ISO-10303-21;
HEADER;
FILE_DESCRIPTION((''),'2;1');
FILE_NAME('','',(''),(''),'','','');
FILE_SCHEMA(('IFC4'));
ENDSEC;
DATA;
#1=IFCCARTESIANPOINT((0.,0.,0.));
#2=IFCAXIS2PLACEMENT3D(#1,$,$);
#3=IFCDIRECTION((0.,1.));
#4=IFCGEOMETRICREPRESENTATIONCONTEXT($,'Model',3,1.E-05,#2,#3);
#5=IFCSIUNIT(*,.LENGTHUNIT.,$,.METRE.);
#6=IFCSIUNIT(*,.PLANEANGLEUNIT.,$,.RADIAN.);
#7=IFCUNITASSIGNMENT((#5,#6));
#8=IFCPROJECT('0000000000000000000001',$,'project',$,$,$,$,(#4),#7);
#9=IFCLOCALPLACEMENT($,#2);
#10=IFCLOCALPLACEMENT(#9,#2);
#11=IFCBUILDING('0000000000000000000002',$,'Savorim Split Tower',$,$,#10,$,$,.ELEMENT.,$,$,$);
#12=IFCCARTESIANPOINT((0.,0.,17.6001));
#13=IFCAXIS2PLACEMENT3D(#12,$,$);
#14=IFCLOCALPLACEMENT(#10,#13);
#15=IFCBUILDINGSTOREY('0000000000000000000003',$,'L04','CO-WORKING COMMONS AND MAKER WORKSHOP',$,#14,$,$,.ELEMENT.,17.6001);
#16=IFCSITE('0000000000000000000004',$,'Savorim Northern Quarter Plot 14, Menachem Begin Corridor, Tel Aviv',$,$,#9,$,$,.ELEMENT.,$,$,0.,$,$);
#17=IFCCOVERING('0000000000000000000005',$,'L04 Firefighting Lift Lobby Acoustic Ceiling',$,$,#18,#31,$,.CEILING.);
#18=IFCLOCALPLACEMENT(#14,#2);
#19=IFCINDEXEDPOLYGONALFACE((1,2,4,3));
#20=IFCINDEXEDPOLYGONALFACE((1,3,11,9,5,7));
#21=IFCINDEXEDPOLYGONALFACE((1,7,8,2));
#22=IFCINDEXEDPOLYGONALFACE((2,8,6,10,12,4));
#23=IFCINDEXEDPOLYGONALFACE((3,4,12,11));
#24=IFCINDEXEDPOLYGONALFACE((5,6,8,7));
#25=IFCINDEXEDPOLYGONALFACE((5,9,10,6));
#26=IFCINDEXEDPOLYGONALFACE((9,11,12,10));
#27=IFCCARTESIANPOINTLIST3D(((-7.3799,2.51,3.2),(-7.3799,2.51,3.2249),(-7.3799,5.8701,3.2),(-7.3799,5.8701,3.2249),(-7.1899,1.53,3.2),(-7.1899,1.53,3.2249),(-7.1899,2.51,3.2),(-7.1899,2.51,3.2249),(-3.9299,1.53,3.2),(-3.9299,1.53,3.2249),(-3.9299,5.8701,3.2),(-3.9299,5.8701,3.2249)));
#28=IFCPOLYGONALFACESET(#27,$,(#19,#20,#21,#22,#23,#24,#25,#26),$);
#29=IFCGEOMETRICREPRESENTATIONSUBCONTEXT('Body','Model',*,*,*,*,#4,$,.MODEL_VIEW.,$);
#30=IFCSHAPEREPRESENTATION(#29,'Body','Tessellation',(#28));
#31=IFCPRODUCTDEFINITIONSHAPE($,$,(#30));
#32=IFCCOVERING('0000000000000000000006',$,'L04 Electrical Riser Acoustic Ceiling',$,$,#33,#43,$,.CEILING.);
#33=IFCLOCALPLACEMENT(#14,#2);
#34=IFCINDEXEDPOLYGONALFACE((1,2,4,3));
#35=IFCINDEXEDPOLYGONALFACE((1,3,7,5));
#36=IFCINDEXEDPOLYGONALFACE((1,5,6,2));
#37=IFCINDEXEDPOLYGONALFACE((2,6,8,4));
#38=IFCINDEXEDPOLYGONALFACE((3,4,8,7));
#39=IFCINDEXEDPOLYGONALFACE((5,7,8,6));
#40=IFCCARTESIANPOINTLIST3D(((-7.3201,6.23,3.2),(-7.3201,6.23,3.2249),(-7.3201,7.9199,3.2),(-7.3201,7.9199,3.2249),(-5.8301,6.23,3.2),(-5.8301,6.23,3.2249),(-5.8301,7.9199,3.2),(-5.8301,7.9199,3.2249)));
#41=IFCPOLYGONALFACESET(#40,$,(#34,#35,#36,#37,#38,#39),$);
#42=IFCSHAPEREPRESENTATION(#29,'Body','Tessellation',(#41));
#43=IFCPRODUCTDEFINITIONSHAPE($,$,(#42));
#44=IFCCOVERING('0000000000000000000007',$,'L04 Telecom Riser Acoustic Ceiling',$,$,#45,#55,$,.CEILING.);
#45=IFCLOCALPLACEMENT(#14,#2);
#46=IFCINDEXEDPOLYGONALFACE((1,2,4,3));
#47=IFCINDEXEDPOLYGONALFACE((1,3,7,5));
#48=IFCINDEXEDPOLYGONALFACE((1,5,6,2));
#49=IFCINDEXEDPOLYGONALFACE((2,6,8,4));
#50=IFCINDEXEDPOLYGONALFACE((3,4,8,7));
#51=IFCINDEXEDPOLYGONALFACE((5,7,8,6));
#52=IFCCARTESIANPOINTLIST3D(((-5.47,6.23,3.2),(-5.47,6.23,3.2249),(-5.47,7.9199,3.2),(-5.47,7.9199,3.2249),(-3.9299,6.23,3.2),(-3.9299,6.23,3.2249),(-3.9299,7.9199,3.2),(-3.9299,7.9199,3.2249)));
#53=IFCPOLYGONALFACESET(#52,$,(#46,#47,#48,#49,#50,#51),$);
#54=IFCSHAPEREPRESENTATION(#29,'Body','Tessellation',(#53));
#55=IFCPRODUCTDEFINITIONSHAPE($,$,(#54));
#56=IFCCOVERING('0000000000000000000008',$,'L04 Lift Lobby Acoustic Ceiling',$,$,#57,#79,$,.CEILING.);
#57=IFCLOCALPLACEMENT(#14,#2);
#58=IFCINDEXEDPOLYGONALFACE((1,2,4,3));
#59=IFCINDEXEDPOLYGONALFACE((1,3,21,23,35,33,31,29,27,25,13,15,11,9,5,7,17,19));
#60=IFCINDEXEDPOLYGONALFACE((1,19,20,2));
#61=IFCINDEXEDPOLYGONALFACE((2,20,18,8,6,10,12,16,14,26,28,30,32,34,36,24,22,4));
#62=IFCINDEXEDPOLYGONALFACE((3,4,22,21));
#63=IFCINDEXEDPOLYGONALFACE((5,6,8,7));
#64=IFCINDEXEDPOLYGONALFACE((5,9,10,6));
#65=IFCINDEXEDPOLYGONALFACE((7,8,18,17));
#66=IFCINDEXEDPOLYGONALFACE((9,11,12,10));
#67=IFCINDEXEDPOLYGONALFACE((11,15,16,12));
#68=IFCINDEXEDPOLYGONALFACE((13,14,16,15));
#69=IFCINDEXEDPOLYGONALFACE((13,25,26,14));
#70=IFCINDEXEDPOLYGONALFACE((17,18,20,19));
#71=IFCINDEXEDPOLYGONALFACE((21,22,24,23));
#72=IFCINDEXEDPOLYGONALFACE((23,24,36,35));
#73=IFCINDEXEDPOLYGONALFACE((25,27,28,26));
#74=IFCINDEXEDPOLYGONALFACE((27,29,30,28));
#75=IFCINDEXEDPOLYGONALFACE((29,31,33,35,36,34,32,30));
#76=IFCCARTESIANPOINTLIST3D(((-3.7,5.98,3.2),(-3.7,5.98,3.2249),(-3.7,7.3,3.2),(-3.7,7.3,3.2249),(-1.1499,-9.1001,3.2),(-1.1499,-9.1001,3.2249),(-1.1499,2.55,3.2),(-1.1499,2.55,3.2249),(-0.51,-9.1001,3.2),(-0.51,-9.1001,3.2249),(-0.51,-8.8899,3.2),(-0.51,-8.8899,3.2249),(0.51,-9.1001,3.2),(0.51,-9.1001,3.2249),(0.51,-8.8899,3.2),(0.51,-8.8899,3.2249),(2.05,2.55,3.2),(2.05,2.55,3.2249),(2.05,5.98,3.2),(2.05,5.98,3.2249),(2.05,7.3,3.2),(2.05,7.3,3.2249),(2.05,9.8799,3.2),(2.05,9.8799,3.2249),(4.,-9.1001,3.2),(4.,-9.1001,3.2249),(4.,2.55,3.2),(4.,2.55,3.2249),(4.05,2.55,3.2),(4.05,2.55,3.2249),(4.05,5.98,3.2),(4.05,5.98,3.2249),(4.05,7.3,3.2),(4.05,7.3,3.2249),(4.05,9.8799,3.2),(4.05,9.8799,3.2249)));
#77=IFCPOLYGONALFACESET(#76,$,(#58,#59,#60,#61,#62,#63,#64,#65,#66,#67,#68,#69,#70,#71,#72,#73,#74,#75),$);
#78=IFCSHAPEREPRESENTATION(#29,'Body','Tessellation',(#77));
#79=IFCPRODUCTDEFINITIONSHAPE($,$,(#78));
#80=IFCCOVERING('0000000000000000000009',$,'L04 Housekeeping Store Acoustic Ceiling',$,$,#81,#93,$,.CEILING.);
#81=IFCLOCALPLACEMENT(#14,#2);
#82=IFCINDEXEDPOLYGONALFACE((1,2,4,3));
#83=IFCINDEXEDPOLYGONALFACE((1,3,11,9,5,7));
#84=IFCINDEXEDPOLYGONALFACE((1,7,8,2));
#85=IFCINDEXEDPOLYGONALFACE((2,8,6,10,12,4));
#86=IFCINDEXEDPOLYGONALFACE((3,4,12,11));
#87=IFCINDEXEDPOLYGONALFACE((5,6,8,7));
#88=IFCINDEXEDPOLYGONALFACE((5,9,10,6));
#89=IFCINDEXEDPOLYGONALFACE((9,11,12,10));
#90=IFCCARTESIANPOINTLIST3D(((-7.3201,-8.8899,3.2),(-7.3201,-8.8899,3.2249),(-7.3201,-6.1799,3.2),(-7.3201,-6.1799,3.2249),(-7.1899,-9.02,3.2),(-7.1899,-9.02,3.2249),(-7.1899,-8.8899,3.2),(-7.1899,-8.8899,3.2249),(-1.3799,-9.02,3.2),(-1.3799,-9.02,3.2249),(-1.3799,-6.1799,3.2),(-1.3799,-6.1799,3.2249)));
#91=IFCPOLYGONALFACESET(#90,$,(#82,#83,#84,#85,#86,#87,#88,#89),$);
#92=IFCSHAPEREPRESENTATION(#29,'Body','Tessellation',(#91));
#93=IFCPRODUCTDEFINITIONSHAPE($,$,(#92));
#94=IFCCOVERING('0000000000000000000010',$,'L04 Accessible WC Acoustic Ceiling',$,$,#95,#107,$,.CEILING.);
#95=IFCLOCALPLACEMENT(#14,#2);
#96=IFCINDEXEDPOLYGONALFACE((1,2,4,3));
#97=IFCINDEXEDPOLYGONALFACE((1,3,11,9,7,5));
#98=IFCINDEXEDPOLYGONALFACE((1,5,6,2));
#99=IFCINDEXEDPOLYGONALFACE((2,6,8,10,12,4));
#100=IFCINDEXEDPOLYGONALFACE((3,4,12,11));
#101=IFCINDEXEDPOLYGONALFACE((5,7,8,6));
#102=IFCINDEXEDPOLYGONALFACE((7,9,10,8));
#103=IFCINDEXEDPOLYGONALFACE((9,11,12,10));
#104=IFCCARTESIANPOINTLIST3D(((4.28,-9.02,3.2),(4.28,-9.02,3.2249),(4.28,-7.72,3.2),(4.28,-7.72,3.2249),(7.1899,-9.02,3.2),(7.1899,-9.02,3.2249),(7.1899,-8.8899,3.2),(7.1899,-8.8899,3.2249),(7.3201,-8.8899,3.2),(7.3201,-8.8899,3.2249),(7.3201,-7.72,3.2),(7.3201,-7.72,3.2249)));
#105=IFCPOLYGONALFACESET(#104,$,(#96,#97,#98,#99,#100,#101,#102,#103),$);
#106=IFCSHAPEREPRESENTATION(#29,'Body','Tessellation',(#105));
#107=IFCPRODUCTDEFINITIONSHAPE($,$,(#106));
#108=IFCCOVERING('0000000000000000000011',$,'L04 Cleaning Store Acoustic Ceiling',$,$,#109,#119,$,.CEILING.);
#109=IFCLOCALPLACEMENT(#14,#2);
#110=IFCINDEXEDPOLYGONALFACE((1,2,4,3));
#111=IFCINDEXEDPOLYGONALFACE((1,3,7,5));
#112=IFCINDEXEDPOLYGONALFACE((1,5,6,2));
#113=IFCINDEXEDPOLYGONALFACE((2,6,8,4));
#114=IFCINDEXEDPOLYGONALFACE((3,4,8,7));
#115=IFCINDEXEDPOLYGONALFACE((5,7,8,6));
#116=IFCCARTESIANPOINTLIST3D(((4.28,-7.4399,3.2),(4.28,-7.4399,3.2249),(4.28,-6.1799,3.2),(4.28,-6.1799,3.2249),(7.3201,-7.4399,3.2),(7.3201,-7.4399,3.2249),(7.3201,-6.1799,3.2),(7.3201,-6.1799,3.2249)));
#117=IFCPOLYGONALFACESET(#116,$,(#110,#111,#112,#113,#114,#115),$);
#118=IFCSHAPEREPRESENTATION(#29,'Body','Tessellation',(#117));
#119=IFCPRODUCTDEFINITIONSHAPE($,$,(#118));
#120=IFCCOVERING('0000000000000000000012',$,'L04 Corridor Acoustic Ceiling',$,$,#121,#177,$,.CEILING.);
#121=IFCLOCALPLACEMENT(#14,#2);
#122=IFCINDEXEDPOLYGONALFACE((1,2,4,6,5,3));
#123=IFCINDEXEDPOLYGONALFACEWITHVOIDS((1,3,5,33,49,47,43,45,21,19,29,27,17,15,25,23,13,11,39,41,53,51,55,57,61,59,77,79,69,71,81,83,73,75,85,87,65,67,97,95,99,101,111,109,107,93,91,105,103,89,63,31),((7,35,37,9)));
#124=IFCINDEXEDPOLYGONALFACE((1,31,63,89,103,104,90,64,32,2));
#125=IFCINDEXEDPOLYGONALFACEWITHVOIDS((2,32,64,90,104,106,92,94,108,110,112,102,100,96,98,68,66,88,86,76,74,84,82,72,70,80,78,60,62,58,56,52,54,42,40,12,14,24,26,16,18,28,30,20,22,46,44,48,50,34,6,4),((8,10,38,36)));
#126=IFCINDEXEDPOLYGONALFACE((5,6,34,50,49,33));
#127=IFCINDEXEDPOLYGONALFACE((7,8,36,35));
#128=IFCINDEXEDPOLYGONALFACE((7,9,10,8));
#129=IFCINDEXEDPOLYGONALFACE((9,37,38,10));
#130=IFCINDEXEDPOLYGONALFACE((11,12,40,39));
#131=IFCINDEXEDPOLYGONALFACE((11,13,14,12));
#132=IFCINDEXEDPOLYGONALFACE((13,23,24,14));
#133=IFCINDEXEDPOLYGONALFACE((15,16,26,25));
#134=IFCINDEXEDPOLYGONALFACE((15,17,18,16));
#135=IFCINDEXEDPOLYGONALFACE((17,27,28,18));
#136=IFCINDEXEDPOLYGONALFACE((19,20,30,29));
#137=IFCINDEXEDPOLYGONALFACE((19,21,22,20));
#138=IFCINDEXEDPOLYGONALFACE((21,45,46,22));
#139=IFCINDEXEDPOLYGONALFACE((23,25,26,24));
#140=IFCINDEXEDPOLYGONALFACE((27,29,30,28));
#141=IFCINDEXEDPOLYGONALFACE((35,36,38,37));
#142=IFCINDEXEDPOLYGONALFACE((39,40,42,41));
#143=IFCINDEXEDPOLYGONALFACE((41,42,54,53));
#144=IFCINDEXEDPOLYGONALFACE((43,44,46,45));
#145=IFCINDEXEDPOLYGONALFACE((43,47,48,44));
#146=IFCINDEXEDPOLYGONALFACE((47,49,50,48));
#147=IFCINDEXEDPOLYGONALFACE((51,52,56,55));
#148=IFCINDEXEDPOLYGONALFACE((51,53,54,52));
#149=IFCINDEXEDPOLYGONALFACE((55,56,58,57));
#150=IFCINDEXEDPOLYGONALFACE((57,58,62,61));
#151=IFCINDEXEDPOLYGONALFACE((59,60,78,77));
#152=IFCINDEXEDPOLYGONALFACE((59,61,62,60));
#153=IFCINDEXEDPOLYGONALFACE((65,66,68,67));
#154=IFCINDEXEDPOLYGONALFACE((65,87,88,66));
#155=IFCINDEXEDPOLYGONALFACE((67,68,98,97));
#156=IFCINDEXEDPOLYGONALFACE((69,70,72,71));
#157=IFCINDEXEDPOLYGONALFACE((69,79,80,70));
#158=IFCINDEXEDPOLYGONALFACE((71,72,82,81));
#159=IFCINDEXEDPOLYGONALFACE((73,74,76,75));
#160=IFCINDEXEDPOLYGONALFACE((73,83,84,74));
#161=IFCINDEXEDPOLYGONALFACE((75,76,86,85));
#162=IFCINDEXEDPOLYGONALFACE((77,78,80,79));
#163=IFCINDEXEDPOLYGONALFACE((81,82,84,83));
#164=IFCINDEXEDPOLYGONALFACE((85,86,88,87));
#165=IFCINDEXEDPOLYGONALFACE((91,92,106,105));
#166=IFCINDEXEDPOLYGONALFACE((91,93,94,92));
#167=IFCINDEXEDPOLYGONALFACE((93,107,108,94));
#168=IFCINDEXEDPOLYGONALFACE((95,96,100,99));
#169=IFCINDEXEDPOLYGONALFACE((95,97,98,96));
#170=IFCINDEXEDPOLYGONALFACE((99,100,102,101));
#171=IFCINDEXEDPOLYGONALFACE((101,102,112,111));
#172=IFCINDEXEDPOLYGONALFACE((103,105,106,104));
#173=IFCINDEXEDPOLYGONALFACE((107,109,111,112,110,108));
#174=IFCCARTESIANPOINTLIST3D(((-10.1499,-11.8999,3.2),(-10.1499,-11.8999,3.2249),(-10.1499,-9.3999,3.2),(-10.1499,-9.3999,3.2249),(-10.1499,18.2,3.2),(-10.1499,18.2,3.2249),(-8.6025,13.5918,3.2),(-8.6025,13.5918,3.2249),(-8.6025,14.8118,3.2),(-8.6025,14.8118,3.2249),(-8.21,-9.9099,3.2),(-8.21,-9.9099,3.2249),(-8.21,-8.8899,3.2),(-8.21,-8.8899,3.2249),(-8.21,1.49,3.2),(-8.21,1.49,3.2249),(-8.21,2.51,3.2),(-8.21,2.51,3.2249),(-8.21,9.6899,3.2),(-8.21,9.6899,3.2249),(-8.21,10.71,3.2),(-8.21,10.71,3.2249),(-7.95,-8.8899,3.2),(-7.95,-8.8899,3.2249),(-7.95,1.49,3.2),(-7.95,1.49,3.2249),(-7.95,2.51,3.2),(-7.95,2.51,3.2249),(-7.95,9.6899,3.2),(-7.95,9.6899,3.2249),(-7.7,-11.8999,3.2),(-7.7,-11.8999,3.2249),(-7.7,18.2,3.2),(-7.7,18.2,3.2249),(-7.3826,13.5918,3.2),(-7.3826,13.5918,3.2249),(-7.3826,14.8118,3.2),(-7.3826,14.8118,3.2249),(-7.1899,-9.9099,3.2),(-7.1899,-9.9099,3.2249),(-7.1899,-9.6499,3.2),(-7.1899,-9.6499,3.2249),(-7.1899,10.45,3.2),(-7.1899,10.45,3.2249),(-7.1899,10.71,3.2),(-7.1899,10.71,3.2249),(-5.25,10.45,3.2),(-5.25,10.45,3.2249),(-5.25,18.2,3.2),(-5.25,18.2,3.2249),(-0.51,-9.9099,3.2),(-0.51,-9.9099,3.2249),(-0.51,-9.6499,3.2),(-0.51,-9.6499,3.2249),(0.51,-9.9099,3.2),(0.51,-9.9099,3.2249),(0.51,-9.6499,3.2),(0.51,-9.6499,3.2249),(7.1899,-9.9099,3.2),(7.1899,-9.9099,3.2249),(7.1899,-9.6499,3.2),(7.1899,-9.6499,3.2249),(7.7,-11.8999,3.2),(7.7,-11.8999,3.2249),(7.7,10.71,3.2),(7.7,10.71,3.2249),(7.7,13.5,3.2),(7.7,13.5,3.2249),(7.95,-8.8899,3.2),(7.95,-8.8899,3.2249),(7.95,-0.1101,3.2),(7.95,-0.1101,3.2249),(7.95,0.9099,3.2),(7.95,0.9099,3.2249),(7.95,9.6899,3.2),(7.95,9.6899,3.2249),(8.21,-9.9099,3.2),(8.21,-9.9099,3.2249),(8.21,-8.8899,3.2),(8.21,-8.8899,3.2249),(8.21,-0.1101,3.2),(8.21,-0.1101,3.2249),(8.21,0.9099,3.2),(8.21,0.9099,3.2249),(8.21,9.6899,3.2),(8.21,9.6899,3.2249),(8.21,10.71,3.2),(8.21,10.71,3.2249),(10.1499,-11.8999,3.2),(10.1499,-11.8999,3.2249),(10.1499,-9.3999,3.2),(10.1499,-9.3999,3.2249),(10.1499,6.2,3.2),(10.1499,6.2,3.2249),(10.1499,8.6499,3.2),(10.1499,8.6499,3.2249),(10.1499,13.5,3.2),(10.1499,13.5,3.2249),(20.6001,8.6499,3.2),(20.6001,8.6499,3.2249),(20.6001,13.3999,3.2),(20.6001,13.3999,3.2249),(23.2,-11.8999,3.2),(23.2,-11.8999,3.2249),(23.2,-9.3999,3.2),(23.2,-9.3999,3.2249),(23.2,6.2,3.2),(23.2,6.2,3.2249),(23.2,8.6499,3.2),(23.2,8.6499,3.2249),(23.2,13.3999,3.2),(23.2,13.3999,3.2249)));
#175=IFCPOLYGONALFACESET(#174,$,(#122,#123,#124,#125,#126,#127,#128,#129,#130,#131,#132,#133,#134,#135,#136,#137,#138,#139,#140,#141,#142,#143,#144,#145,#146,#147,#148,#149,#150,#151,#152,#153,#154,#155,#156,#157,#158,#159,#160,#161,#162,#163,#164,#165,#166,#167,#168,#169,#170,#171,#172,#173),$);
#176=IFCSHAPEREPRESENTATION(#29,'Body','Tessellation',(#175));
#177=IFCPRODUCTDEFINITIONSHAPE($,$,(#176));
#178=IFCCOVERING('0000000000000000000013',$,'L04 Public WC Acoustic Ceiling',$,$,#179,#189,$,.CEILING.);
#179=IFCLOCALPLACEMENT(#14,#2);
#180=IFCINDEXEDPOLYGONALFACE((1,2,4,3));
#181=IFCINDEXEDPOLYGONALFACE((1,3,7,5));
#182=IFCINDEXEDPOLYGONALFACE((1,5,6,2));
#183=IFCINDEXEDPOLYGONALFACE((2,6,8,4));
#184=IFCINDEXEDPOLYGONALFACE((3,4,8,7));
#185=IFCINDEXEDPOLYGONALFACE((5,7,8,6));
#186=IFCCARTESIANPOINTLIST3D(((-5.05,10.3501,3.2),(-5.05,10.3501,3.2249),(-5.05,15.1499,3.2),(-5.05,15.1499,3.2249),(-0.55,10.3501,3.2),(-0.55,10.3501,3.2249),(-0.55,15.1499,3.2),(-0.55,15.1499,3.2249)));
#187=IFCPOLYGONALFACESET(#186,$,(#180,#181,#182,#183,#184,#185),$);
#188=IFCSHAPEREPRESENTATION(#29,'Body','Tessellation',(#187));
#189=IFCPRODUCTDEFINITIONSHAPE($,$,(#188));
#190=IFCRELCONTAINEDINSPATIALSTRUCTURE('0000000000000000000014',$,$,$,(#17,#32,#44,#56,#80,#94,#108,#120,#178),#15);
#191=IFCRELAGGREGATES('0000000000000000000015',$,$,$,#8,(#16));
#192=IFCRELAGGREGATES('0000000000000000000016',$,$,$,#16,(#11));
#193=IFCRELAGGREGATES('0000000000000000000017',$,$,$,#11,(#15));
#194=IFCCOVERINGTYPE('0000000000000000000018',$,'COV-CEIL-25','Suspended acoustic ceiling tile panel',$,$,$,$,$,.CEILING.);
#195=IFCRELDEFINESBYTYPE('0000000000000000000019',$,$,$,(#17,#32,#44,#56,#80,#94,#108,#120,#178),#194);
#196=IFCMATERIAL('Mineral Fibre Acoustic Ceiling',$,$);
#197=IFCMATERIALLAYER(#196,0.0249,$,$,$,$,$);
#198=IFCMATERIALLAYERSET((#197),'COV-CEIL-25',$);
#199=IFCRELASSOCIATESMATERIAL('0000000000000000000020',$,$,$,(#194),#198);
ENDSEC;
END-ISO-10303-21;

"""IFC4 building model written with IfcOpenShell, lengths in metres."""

from ifc_helpers import new_model, si_unit, direction, frame, origin, place, context, subcontext, project, spatial, polyline, outline, extrude, material, layer, layer_set, type_object, element, save


model = new_model("IFC4")

# Units and contexts
model_context = context("Model", 3, precision=1e-05, world=origin(), true_north=direction((0.0, 1.0)))
body_context = subcontext(model_context, "Body", "Model", "MODEL_VIEW")
ifc_project = project(units=[si_unit("LENGTHUNIT", "METRE"), si_unit("PLANEANGLEUNIT", "RADIAN")], contexts=[model_context])

# Site, building, storey
site_placement = place(None, origin())
site = spatial("IfcSite", under=ifc_project, at=site_placement, Name="Savorim Northern Quarter Plot 14, Menachem Begin Corridor, Tel Aviv", CompositionType="ELEMENT", RefElevation=0.0)
building_placement = place(site_placement, origin())
building = spatial("IfcBuilding", under=site, at=building_placement, Name="Savorim Split Tower", CompositionType="ELEMENT")
storey_placement = place(building_placement, frame((0.0, 0.0, 17.6001)))
storey = spatial("IfcBuildingStorey", under=building, at=storey_placement, Name="L04", Description="CO-WORKING COMMONS AND MAKER WORKSHOP", CompositionType="ELEMENT", Elevation=17.6001)

# Coverings
ifc_material_1 = material(Name="Mineral Fibre Acoustic Ceiling")
ifc_layer_1 = layer(ifc_material_1, 0.0249)
ifc_layer_set_1 = layer_set([ifc_layer_1], Name="COV-CEIL-25")
covering_type_1 = type_object("IfcCoveringType", Name="COV-CEIL-25", Description="Suspended acoustic ceiling tile panel", PredefinedType="CEILING", material=ifc_layer_set_1)
covering_1_placement = place(storey_placement, frame((0.0, 0.0, 3.2)))
element("IfcCovering", 1, at=covering_1_placement, inside=storey, type_object=covering_type_1, Name="L04 Firefighting Lift Lobby Acoustic Ceiling", PredefinedType="CEILING", context=body_context, shape_type="SweptSolid", body=[
    extrude(outline(polyline([(-3.9299, 5.8701), (-7.3799, 5.8701), (-7.3799, 2.51), (-7.1899, 2.51), (-7.1899, 1.53), (-3.9299, 1.53), (-3.9299, 5.8701)])), origin(), (0.0, 0.0, 1.0), 0.0249),
])
covering_2_placement = place(storey_placement, frame((0.0, 0.0, 3.2)))
element("IfcCovering", 2, at=covering_2_placement, inside=storey, type_object=covering_type_1, Name="L04 Electrical Riser Acoustic Ceiling", PredefinedType="CEILING", context=body_context, shape_type="SweptSolid", body=[
    extrude(outline(polyline([(-7.3201, 7.9199), (-7.3201, 6.23), (-5.8301, 6.23), (-5.8301, 7.9199), (-7.3201, 7.9199)])), origin(), (0.0, 0.0, 1.0), 0.0249),
])
covering_3_placement = place(storey_placement, frame((0.0, 0.0, 3.2)))
element("IfcCovering", 3, at=covering_3_placement, inside=storey, type_object=covering_type_1, Name="L04 Telecom Riser Acoustic Ceiling", PredefinedType="CEILING", context=body_context, shape_type="SweptSolid", body=[
    extrude(outline(polyline([(-5.47, 7.9199), (-5.47, 6.23), (-3.9299, 6.23), (-3.9299, 7.9199), (-5.47, 7.9199)])), origin(), (0.0, 0.0, 1.0), 0.0249),
])
covering_4_placement = place(storey_placement, frame((0.0, 0.0, 3.2)))
element("IfcCovering", 4, at=covering_4_placement, inside=storey, type_object=covering_type_1, Name="L04 Lift Lobby Acoustic Ceiling", PredefinedType="CEILING", context=body_context, shape_type="SweptSolid", body=[
    extrude(outline(polyline([(2.05, 2.55), (-1.1499, 2.55), (-1.1499, -9.1001), (-0.51, -9.1001), (-0.51, -8.8899), (0.51, -8.8899), (0.51, -9.1001), (4.0, -9.1001), (4.0, 2.55), (4.05, 2.55), (4.05, 5.98), (4.05, 7.3), (4.05, 9.8799), (2.05, 9.8799), (2.05, 7.3), (-3.7, 7.3), (-3.7, 5.98), (2.05, 5.98), (2.05, 2.55)])), origin(), (0.0, 0.0, 1.0), 0.0249),
])
covering_5_placement = place(storey_placement, frame((0.0, 0.0, 3.2)))
element("IfcCovering", 5, at=covering_5_placement, inside=storey, type_object=covering_type_1, Name="L04 Housekeeping Store Acoustic Ceiling", PredefinedType="CEILING", context=body_context, shape_type="SweptSolid", body=[
    extrude(outline(polyline([(-1.3799, -6.1799), (-7.3201, -6.1799), (-7.3201, -8.8899), (-7.1899, -8.8899), (-7.1899, -9.02), (-1.3799, -9.02), (-1.3799, -6.1799)])), origin(), (0.0, 0.0, 1.0), 0.0249),
])
covering_6_placement = place(storey_placement, frame((0.0, 0.0, 3.2)))
element("IfcCovering", 6, at=covering_6_placement, inside=storey, type_object=covering_type_1, Name="L04 Accessible WC Acoustic Ceiling", PredefinedType="CEILING", context=body_context, shape_type="SweptSolid", body=[
    extrude(outline(polyline([(4.28, -7.72), (4.28, -9.02), (7.1899, -9.02), (7.1899, -8.8899), (7.3201, -8.8899), (7.3201, -7.72), (4.28, -7.72)])), origin(), (0.0, 0.0, 1.0), 0.0249),
])
covering_7_placement = place(storey_placement, frame((0.0, 0.0, 3.2)))
element("IfcCovering", 7, at=covering_7_placement, inside=storey, type_object=covering_type_1, Name="L04 Cleaning Store Acoustic Ceiling", PredefinedType="CEILING", context=body_context, shape_type="SweptSolid", body=[
    extrude(outline(polyline([(4.28, -6.1799), (4.28, -7.4399), (7.3201, -7.4399), (7.3201, -6.1799), (4.28, -6.1799)])), origin(), (0.0, 0.0, 1.0), 0.0249),
])
covering_8_placement = place(storey_placement, frame((0.0, 0.0, 3.2)))
element("IfcCovering", 8, at=covering_8_placement, inside=storey, type_object=covering_type_1, Name="L04 Corridor Acoustic Ceiling", PredefinedType="CEILING", context=body_context, shape_type="SweptSolid", body=[
    extrude(outline(polyline([(-7.7, 18.2), (-10.1499, 18.2), (-10.1499, -9.3999), (-10.1499, -11.8999), (-7.7, -11.8999), (7.7, -11.8999), (10.1499, -11.8999), (23.2, -11.8999), (23.2, -9.3999), (10.1499, -9.3999), (10.1499, 6.2), (23.2, 6.2), (23.2, 8.6499), (23.2, 13.3999), (20.6001, 13.3999), (20.6001, 8.6499), (10.1499, 8.6499), (10.1499, 13.5), (7.7, 13.5), (7.7, 10.71), (8.21, 10.71), (8.21, 9.6899), (7.95, 9.6899), (7.95, 0.9099), (8.21, 0.9099), (8.21, -0.1101), (7.95, -0.1101), (7.95, -8.8899), (8.21, -8.8899), (8.21, -9.9099), (7.1899, -9.9099), (7.1899, -9.6499), (0.51, -9.6499), (0.51, -9.9099), (-0.51, -9.9099), (-0.51, -9.6499), (-7.1899, -9.6499), (-7.1899, -9.9099), (-8.21, -9.9099), (-8.21, -8.8899), (-7.95, -8.8899), (-7.95, 1.49), (-8.21, 1.49), (-8.21, 2.51), (-7.95, 2.51), (-7.95, 9.6899), (-8.21, 9.6899), (-8.21, 10.71), (-7.1899, 10.71), (-7.1899, 10.45), (-5.25, 10.45), (-5.25, 18.2), (-7.7, 18.2)]), holes=[polyline([(-8.6025, 13.5918), (-7.3826, 13.5918), (-7.3826, 14.8118), (-8.6025, 14.8118), (-8.6025, 13.5918)])]), origin(), (0.0, 0.0, 1.0), 0.0249),
])
covering_9_placement = place(storey_placement, frame((0.0, 0.0, 3.2)))
element("IfcCovering", 9, at=covering_9_placement, inside=storey, type_object=covering_type_1, Name="L04 Public WC Acoustic Ceiling", PredefinedType="CEILING", context=body_context, shape_type="SweptSolid", body=[
    extrude(outline(polyline([(-5.05, 15.1499), (-5.05, 10.3501), (-0.55, 10.3501), (-0.55, 15.1499), (-5.05, 15.1499)])), origin(), (0.0, 0.0, 1.0), 0.0249),
])

save(model, "model.ifc")
